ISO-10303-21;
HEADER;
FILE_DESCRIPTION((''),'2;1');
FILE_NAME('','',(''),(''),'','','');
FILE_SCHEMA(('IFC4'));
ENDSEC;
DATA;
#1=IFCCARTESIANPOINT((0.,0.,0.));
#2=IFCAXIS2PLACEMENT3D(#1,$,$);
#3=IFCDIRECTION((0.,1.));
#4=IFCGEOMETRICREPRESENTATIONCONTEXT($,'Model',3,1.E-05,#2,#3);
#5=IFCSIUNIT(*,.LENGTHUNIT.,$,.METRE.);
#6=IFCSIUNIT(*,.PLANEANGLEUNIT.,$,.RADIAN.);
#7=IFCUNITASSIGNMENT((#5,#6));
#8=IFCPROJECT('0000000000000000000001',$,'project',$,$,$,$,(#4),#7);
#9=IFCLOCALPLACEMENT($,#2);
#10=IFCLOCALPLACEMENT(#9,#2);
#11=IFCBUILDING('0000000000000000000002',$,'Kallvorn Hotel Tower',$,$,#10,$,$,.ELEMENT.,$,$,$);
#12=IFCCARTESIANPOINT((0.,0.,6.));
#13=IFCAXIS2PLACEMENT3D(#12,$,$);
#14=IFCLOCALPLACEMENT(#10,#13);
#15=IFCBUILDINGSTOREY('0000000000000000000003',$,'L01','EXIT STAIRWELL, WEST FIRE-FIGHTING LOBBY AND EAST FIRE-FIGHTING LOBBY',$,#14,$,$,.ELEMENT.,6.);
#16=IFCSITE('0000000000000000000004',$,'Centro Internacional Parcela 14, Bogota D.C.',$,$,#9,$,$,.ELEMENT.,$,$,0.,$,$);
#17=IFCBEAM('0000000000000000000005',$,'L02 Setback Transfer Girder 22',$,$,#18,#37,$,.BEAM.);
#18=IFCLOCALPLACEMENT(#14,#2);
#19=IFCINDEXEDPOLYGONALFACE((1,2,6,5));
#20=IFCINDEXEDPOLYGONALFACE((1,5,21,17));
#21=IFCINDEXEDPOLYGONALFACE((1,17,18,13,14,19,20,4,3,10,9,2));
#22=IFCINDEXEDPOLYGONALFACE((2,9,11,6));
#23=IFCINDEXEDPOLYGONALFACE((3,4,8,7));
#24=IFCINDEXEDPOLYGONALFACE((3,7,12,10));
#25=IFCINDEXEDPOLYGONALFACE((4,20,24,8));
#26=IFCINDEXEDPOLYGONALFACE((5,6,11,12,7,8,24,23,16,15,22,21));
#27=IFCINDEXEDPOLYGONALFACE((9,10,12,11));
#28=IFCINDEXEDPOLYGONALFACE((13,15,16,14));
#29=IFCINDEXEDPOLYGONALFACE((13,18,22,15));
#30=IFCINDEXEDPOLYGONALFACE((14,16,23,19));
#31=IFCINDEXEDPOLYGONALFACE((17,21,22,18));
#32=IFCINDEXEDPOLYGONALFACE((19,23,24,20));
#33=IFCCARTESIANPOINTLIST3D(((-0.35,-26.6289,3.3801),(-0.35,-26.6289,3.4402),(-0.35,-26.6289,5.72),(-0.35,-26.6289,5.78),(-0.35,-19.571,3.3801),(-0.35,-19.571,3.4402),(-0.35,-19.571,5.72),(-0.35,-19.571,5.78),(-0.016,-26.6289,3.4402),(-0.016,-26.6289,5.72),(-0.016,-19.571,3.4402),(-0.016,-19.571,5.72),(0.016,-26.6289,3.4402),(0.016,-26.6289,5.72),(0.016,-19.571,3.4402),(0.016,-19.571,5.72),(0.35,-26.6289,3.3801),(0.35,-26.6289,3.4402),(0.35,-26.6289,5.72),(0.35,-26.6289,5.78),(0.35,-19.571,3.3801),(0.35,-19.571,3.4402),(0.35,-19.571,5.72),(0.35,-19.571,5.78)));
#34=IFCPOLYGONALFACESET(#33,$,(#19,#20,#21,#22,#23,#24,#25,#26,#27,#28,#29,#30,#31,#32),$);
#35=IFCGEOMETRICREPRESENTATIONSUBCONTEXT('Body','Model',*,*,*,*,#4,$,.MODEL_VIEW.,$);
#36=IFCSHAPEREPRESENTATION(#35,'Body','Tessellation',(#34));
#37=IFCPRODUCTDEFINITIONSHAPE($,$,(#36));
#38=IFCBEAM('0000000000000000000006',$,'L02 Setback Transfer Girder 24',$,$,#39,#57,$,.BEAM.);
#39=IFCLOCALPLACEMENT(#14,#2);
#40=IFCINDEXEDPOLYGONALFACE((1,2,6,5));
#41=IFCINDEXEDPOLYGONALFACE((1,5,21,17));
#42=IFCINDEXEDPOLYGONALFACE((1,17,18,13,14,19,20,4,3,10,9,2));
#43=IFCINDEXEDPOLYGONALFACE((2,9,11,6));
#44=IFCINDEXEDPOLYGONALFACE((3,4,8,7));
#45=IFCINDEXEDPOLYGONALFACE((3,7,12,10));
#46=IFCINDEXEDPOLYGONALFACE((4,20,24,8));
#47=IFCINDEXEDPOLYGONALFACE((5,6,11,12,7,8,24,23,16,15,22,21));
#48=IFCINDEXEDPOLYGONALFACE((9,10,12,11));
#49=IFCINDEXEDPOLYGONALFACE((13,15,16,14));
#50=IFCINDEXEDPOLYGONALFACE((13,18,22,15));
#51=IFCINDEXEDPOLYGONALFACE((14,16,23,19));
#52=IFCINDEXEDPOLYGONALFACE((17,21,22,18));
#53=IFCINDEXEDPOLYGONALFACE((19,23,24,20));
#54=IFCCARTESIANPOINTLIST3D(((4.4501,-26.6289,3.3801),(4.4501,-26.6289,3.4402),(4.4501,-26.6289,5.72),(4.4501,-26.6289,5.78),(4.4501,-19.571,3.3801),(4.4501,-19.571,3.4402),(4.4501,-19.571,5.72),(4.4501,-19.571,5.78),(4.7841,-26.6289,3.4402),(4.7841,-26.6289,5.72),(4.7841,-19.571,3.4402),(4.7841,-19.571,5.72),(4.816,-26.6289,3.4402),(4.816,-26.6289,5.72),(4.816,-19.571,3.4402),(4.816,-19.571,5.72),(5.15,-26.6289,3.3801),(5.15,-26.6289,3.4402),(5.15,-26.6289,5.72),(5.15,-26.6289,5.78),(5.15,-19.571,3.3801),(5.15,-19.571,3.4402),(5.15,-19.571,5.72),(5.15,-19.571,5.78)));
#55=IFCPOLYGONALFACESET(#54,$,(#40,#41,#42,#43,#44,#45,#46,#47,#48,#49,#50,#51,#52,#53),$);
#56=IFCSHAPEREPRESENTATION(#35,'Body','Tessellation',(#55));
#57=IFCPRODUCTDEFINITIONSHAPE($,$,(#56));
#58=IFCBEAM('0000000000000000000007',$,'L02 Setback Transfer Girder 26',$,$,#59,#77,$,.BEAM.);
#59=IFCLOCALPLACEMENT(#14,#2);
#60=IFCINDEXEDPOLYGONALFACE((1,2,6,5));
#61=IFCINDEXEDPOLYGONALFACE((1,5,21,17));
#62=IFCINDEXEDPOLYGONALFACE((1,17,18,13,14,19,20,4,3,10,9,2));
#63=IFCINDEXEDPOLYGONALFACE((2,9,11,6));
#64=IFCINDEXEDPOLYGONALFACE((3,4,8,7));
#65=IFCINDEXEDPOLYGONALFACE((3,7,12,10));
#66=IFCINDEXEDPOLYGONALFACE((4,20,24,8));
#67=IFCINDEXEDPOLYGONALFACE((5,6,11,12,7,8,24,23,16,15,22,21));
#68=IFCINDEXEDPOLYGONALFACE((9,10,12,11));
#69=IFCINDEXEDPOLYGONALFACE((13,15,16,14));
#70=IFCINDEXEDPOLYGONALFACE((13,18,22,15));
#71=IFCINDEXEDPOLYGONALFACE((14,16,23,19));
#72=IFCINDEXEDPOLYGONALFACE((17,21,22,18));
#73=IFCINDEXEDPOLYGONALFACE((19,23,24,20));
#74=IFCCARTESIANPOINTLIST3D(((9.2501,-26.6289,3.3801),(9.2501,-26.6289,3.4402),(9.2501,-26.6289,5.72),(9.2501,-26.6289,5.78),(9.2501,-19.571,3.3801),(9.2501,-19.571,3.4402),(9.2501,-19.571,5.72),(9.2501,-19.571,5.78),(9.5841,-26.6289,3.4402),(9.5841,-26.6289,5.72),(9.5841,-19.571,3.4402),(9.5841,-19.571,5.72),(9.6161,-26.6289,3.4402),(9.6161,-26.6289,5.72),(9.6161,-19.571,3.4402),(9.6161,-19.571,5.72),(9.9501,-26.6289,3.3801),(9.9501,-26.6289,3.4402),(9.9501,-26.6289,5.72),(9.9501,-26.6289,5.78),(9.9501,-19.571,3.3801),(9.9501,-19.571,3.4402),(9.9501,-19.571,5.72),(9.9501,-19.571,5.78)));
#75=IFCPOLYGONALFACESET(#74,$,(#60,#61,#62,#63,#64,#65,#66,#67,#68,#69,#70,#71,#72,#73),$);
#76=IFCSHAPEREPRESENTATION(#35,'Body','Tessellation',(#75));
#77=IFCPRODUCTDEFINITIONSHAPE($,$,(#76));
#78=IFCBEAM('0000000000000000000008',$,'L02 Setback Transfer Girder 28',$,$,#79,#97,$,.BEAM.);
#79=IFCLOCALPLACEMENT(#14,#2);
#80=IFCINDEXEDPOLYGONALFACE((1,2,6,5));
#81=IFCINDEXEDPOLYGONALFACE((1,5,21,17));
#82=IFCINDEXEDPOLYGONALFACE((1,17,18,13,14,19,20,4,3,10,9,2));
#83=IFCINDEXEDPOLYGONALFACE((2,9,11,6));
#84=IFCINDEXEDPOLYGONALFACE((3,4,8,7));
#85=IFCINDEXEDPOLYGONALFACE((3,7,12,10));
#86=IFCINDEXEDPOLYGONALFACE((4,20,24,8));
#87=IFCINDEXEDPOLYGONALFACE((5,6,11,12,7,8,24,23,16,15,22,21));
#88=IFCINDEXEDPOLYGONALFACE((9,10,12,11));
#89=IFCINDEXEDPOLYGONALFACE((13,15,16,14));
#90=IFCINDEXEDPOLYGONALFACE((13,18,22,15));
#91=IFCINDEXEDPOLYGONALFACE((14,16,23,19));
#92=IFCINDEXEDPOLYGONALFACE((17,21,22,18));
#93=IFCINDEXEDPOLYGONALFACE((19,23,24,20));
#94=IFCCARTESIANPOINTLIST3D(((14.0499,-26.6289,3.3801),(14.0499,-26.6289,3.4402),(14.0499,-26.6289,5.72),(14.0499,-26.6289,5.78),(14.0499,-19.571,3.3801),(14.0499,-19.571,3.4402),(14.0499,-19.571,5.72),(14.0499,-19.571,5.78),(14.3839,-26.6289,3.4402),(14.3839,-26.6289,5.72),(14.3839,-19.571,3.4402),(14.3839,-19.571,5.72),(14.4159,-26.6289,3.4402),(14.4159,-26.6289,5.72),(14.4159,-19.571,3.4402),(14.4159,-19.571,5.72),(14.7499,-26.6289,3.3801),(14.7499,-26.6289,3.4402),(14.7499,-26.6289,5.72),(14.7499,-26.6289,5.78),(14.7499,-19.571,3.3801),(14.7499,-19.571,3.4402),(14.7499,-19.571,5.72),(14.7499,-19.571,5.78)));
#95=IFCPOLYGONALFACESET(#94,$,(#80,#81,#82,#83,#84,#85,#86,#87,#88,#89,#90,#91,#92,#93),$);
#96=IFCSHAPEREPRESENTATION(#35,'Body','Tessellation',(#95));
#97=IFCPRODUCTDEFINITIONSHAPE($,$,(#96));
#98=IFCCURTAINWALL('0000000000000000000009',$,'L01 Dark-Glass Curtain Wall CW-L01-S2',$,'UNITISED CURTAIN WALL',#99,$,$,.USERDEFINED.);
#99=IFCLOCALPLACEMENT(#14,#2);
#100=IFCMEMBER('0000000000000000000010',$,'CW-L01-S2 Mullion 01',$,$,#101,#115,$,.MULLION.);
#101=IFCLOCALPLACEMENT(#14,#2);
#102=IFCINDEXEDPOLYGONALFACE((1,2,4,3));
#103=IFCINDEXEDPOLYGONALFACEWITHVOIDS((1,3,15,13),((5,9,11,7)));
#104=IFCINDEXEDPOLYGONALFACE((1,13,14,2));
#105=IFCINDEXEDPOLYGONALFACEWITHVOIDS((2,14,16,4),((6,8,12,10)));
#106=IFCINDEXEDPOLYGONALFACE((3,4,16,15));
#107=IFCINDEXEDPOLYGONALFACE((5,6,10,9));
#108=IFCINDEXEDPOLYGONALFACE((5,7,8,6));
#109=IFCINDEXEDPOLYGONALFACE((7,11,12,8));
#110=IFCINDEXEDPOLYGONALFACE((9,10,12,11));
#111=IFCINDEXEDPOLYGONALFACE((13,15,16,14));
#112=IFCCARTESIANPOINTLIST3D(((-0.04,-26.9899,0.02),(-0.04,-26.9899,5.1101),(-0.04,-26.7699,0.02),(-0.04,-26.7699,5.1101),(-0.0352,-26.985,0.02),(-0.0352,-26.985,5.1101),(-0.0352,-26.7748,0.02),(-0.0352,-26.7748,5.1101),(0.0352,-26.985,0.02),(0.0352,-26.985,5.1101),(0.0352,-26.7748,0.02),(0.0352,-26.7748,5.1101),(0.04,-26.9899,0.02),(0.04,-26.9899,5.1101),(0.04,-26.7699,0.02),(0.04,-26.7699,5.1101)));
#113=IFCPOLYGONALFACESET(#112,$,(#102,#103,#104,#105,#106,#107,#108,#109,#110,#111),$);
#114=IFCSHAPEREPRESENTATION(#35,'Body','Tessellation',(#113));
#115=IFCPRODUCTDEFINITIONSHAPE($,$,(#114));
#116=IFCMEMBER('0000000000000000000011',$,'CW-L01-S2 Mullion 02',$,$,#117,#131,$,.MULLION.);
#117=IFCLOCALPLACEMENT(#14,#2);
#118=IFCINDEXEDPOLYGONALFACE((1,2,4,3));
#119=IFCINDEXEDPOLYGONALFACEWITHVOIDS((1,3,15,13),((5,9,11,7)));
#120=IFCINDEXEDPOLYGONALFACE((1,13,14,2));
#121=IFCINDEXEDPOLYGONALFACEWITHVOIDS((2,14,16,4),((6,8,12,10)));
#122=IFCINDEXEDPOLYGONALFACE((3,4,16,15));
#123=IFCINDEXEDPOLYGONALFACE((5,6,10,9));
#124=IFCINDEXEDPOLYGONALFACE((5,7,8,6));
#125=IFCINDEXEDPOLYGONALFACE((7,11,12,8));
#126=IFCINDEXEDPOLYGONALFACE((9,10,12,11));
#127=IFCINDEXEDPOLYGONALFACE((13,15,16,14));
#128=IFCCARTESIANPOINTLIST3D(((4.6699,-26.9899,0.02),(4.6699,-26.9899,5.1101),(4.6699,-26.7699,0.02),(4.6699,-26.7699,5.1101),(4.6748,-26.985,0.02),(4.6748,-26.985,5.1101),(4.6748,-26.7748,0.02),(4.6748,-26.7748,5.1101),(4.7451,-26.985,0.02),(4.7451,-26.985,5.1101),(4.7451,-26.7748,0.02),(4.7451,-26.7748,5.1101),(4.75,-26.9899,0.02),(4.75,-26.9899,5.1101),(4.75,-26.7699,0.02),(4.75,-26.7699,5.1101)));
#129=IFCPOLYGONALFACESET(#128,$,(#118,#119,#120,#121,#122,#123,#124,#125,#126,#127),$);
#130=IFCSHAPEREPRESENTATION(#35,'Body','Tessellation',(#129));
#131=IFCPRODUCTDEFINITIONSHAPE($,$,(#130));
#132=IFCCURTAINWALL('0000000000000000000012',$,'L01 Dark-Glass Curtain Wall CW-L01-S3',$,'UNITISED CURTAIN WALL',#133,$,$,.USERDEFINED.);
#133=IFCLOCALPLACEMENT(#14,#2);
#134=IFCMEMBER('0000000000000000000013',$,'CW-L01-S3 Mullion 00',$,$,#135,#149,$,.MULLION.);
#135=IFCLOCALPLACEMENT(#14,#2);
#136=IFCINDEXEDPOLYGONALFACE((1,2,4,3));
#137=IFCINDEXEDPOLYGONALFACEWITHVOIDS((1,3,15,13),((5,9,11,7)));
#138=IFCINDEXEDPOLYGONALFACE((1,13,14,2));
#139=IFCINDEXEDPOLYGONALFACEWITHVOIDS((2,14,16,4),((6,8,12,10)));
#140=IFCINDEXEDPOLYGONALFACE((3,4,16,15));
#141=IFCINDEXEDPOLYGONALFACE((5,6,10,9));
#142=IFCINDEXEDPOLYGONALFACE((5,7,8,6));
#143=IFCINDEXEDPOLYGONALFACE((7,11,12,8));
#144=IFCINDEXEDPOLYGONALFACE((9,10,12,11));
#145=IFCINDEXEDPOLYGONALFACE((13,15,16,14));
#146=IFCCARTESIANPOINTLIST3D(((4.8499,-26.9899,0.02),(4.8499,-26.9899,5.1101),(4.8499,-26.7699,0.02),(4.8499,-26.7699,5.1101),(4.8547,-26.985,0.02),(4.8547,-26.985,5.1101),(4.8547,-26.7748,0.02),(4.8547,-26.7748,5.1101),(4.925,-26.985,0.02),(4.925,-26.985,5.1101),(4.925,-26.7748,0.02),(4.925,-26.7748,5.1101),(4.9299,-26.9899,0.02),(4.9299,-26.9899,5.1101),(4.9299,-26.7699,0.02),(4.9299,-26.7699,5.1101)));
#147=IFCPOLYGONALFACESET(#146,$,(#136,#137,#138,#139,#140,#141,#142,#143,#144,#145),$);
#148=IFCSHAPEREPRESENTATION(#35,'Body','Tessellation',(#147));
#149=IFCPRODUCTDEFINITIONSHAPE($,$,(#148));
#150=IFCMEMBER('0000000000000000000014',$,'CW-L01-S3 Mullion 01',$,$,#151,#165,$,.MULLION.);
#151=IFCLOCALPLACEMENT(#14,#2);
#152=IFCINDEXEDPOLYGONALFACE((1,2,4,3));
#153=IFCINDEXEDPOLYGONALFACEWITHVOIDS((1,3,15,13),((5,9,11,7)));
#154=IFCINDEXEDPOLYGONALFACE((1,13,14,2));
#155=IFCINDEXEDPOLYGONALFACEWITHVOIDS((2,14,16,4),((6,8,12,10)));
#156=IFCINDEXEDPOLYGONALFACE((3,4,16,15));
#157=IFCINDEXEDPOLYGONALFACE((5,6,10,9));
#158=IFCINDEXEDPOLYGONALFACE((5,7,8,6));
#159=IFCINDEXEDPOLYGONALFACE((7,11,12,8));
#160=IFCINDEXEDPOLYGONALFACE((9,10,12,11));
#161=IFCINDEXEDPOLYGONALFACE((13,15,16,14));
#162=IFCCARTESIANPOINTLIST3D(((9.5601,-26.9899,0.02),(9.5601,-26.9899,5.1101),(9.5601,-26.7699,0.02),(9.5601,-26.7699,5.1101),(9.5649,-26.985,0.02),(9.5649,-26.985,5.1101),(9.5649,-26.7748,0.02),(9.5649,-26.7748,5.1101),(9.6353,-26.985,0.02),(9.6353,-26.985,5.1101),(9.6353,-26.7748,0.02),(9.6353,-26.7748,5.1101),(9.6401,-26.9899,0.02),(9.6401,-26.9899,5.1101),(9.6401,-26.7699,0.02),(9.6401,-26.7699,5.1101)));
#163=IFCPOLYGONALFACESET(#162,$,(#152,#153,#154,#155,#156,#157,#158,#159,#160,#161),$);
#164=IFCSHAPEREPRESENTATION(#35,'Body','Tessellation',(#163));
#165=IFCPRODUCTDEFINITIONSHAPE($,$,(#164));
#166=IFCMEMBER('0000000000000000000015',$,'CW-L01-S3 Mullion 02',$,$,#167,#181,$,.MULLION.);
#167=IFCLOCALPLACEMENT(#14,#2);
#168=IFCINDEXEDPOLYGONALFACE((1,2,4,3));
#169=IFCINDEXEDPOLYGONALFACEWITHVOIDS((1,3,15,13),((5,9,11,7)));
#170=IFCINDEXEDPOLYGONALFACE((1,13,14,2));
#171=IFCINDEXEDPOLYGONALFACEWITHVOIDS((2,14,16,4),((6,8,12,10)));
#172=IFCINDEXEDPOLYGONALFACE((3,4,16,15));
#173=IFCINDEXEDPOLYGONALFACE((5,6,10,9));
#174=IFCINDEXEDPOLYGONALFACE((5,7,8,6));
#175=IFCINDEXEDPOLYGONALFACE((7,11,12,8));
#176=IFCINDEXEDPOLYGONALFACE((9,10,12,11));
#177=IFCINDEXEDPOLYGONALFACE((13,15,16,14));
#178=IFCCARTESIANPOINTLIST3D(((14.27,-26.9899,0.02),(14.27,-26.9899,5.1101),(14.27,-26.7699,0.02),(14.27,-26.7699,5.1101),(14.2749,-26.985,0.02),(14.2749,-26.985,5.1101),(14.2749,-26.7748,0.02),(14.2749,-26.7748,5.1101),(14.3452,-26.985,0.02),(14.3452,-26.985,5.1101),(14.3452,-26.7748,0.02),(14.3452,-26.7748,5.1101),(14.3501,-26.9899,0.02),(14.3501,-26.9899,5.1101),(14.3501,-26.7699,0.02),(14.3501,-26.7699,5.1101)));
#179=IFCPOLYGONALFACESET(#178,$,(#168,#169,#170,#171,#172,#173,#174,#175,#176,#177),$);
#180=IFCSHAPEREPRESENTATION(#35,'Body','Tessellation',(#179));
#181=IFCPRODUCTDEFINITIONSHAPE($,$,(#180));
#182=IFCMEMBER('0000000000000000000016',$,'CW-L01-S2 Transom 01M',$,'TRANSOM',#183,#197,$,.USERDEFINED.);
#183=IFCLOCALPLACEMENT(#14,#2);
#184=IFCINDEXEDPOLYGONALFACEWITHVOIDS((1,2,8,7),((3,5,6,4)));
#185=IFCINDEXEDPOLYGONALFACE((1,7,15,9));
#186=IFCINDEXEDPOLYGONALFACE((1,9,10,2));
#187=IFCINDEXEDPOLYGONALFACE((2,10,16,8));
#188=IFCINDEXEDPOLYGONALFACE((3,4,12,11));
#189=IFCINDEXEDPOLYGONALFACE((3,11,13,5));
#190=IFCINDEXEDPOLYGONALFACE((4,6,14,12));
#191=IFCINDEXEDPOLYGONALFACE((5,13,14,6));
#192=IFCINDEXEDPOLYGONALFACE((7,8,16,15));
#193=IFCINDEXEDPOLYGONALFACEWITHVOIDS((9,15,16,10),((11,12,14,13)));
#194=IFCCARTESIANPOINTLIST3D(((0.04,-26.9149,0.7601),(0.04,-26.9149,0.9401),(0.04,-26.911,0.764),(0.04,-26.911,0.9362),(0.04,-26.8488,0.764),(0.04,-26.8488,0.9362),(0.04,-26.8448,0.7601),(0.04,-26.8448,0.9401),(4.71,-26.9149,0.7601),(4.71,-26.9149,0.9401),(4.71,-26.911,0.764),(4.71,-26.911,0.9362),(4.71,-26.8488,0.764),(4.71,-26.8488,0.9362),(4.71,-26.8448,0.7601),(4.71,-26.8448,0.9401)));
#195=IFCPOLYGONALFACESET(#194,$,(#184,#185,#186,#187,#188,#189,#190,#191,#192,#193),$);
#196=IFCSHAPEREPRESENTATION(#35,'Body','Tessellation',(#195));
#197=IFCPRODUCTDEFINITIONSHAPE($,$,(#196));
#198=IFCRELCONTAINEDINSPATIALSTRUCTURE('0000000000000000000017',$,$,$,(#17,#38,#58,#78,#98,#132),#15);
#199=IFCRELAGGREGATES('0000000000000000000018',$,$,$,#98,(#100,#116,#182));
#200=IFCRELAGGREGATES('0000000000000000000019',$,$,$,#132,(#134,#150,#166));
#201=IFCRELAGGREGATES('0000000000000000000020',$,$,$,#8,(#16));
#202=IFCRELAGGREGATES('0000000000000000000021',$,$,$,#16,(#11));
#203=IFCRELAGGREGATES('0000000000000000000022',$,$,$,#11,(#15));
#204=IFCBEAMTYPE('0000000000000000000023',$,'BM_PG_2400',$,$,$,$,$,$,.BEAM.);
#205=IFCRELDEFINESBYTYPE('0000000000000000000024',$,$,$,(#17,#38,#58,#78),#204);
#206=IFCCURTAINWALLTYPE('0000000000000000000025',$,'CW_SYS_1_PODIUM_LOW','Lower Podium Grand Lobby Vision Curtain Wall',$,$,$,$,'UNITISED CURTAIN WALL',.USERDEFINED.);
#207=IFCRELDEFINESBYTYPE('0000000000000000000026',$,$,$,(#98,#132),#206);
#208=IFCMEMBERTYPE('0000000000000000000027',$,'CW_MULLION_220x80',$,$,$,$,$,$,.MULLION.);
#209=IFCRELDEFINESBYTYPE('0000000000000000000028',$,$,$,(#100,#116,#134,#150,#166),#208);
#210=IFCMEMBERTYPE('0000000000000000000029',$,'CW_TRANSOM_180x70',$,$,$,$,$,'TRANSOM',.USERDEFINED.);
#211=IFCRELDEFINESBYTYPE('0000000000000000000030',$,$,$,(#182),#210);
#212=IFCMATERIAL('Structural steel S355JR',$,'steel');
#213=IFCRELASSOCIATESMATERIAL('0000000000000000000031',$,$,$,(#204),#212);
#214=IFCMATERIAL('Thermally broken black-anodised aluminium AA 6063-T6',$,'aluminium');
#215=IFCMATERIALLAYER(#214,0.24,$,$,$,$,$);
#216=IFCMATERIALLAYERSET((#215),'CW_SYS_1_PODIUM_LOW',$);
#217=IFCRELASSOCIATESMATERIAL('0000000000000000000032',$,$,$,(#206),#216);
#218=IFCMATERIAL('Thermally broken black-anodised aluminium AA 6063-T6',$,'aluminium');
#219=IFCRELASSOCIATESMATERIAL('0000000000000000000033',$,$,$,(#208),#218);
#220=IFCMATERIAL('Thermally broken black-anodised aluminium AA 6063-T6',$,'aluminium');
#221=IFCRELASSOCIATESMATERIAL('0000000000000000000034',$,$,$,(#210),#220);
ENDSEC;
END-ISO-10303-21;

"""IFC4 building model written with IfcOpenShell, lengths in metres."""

from ifc_helpers import new_model, si_unit, direction, frame, origin, origin_2d, place, context, subcontext, project, spatial, hollow_rectangle, i_section, extrude, material, layer, layer_set, material_profile, profile_set, type_object, element, aggregate, save


model = new_model("IFC4")

# Units and contexts
model_context = context("Model", 3, precision=1e-05, world=origin(), true_north=direction((0.0, 1.0)))
body_context = subcontext(model_context, "Body", "Model", "MODEL_VIEW")
ifc_project = project(units=[si_unit("LENGTHUNIT", "METRE"), si_unit("PLANEANGLEUNIT", "RADIAN")], contexts=[model_context])

# Site, building, storey
site_placement = place(None, origin())
site = spatial("IfcSite", under=ifc_project, at=site_placement, Name="Centro Internacional Parcela 14, Bogota D.C.", CompositionType="ELEMENT", RefElevation=0.0)
building_placement = place(site_placement, origin())
building = spatial("IfcBuilding", under=site, at=building_placement, Name="Kallvorn Hotel Tower", CompositionType="ELEMENT")
storey_placement = place(building_placement, frame((0.0, 0.0, 6.0)))
storey = spatial("IfcBuildingStorey", under=building, at=storey_placement, Name="L01", Description="EXIT STAIRWELL, WEST FIRE-FIGHTING LOBBY AND EAST FIRE-FIGHTING LOBBY", CompositionType="ELEMENT", Elevation=6.0)

# Beams
ifc_material_1 = material(Name="Structural steel S355JR", Category="steel")
ifc_material_profile_1 = material_profile(ifc_material_1, i_section(OverallWidth=0.7, OverallDepth=2.3999, WebThickness=0.032, FlangeThickness=0.0601, at=origin_2d()), Name="PG 2400x700x32x60")
ifc_profile_set_1 = profile_set([ifc_material_profile_1], Name="Structural steel S355JR")
beam_type_1 = type_object("IfcBeamType", Name="BM_PG_2400", PredefinedType="BEAM", material=ifc_profile_set_1)
for number, where, z_axis, x_axis, name in (
    (1, (0.0, -26.6289, 4.5801), (0.0, 1.0, 0.0), (-1.0, 0.0, 0.0), "L02 Setback Transfer Girder 22"),
    (2, (4.8, -26.6289, 4.5801), (0.0, 1.0, 0.0), (-1.0, 0.0, 0.0), "L02 Setback Transfer Girder 24"),
    (3, (9.6001, -26.6289, 4.5801), (0.0, 1.0, 0.0), (-1.0, 0.0, 0.0), "L02 Setback Transfer Girder 26"),
    (4, (14.3999, -26.6289, 4.5801), (0.0, 1.0, 0.0), (-1.0, 0.0, 0.0), "L02 Setback Transfer Girder 28"),
):
    element("IfcBeam", number, at=place(storey_placement, frame(where, z_axis=z_axis, x_axis=x_axis)), inside=storey, type_object=beam_type_1, Name=name, PredefinedType="BEAM", context=body_context, shape_type="SweptSolid", body=[
        extrude(i_section(OverallWidth=0.7, OverallDepth=2.3999, WebThickness=0.032, FlangeThickness=0.0601, at=origin_2d()), origin(), (0.0, 0.0, 1.0), 7.0579),
    ])

# Curtain walls, members
ifc_material_2 = material(Name="Thermally broken black-anodised aluminium AA 6063-T6", Category="aluminium")
ifc_layer_1 = layer(ifc_material_2, 0.24)
ifc_layer_set_1 = layer_set([ifc_layer_1], Name="CW_SYS_1_PODIUM_LOW")
curtain_wall_type = type_object("IfcCurtainWallType", Name="CW_SYS_1_PODIUM_LOW", Description="Lower Podium Grand Lobby Vision Curtain Wall", ElementType="UNITISED CURTAIN WALL", PredefinedType="USERDEFINED", material=ifc_layer_set_1)
curtain_wall_1_placement = place(storey_placement, origin())
curtain_wall_1 = element("IfcCurtainWall", 5, at=curtain_wall_1_placement, inside=storey, type_object=curtain_wall_type, Name="L01 Dark-Glass Curtain Wall CW-L01-S2", ObjectType="UNITISED CURTAIN WALL", PredefinedType="USERDEFINED")
ifc_material_3 = material(Name="Thermally broken black-anodised aluminium AA 6063-T6", Category="aluminium")
ifc_material_profile_2 = material_profile(ifc_material_3, hollow_rectangle(XDim=0.0801, YDim=0.22, WallThickness=0.0049, at=origin_2d()), Name="MUL 220x80")
ifc_profile_set_2 = profile_set([ifc_material_profile_2], Name="Thermally broken black-anodised aluminium AA 6063-T6")
member_type_1 = type_object("IfcMemberType", Name="CW_MULLION_220x80", PredefinedType="MULLION", material=ifc_profile_set_2)
member_1_placement = place(storey_placement, frame((0.0, -26.8799, 0.02), z_axis=(0.0, 0.0, 1.0), x_axis=(1.0, 0.0, 0.0)))
member_1 = element("IfcMember", 6, at=member_1_placement, type_object=member_type_1, Name="CW-L01-S2 Mullion 01", PredefinedType="MULLION", context=body_context, shape_type="SweptSolid", body=[
    extrude(hollow_rectangle(XDim=0.0801, YDim=0.22, WallThickness=0.0049, at=origin_2d()), origin(), (0.0, 0.0, 1.0), 5.0901),
])
member_2_placement = place(storey_placement, frame((4.71, -26.8799, 0.02), z_axis=(0.0, 0.0, 1.0), x_axis=(1.0, 0.0, 0.0)))
member_2 = element("IfcMember", 7, at=member_2_placement, type_object=member_type_1, Name="CW-L01-S2 Mullion 02", PredefinedType="MULLION", context=body_context, shape_type="SweptSolid", body=[
    extrude(hollow_rectangle(XDim=0.0801, YDim=0.22, WallThickness=0.0049, at=origin_2d()), origin(), (0.0, 0.0, 1.0), 5.0901),
])
curtain_wall_2_placement = place(storey_placement, origin())
curtain_wall_2 = element("IfcCurtainWall", 8, at=curtain_wall_2_placement, inside=storey, type_object=curtain_wall_type, Name="L01 Dark-Glass Curtain Wall CW-L01-S3", ObjectType="UNITISED CURTAIN WALL", PredefinedType="USERDEFINED")
member_3_placement = place(storey_placement, frame((4.8899, -26.8799, 0.02), z_axis=(0.0, 0.0, 1.0), x_axis=(1.0, 0.0, 0.0)))
member_3 = element("IfcMember", 9, at=member_3_placement, type_object=member_type_1, Name="CW-L01-S3 Mullion 00", PredefinedType="MULLION", context=body_context, shape_type="SweptSolid", body=[
    extrude(hollow_rectangle(XDim=0.0801, YDim=0.22, WallThickness=0.0049, at=origin_2d()), origin(), (0.0, 0.0, 1.0), 5.0901),
])
member_4_placement = place(storey_placement, frame((9.6001, -26.8799, 0.02), z_axis=(0.0, 0.0, 1.0), x_axis=(1.0, 0.0, 0.0)))
member_4 = element("IfcMember", 10, at=member_4_placement, type_object=member_type_1, Name="CW-L01-S3 Mullion 01", PredefinedType="MULLION", context=body_context, shape_type="SweptSolid", body=[
    extrude(hollow_rectangle(XDim=0.0801, YDim=0.22, WallThickness=0.0049, at=origin_2d()), origin(), (0.0, 0.0, 1.0), 5.0901),
])
member_5_placement = place(storey_placement, frame((14.3101, -26.8799, 0.02), z_axis=(0.0, 0.0, 1.0), x_axis=(1.0, 0.0, 0.0)))
member_5 = element("IfcMember", 11, at=member_5_placement, type_object=member_type_1, Name="CW-L01-S3 Mullion 02", PredefinedType="MULLION", context=body_context, shape_type="SweptSolid", body=[
    extrude(hollow_rectangle(XDim=0.0801, YDim=0.22, WallThickness=0.0049, at=origin_2d()), origin(), (0.0, 0.0, 1.0), 5.0901),
])

# Member
ifc_material_4 = material(Name="Thermally broken black-anodised aluminium AA 6063-T6", Category="aluminium")
ifc_material_profile_3 = material_profile(ifc_material_4, hollow_rectangle(XDim=0.0701, YDim=0.1799, WallThickness=0.0039, at=origin_2d()), Name="TRN 180x70")
ifc_profile_set_3 = profile_set([ifc_material_profile_3], Name="Thermally broken black-anodised aluminium AA 6063-T6")
member_type_2 = type_object("IfcMemberType", Name="CW_TRANSOM_180x70", ElementType="TRANSOM", PredefinedType="USERDEFINED", material=ifc_profile_set_3)
member_6_placement = place(storey_placement, frame((0.04, -26.8799, 0.8501), z_axis=(1.0, 0.0, 0.0), x_axis=(0.0, 1.0, 0.0)))
member_6 = element("IfcMember", 12, at=member_6_placement, type_object=member_type_2, Name="CW-L01-S2 Transom 01M", ObjectType="TRANSOM", PredefinedType="USERDEFINED", context=body_context, shape_type="SweptSolid", body=[
    extrude(hollow_rectangle(XDim=0.0701, YDim=0.1799, WallThickness=0.0039, at=origin_2d()), origin(), (0.0, 0.0, 1.0), 4.6699),
])

aggregate(curtain_wall_1, [member_1, member_2, member_6])
aggregate(curtain_wall_2, [member_3, member_4, member_5])

save(model, "model.ifc")
